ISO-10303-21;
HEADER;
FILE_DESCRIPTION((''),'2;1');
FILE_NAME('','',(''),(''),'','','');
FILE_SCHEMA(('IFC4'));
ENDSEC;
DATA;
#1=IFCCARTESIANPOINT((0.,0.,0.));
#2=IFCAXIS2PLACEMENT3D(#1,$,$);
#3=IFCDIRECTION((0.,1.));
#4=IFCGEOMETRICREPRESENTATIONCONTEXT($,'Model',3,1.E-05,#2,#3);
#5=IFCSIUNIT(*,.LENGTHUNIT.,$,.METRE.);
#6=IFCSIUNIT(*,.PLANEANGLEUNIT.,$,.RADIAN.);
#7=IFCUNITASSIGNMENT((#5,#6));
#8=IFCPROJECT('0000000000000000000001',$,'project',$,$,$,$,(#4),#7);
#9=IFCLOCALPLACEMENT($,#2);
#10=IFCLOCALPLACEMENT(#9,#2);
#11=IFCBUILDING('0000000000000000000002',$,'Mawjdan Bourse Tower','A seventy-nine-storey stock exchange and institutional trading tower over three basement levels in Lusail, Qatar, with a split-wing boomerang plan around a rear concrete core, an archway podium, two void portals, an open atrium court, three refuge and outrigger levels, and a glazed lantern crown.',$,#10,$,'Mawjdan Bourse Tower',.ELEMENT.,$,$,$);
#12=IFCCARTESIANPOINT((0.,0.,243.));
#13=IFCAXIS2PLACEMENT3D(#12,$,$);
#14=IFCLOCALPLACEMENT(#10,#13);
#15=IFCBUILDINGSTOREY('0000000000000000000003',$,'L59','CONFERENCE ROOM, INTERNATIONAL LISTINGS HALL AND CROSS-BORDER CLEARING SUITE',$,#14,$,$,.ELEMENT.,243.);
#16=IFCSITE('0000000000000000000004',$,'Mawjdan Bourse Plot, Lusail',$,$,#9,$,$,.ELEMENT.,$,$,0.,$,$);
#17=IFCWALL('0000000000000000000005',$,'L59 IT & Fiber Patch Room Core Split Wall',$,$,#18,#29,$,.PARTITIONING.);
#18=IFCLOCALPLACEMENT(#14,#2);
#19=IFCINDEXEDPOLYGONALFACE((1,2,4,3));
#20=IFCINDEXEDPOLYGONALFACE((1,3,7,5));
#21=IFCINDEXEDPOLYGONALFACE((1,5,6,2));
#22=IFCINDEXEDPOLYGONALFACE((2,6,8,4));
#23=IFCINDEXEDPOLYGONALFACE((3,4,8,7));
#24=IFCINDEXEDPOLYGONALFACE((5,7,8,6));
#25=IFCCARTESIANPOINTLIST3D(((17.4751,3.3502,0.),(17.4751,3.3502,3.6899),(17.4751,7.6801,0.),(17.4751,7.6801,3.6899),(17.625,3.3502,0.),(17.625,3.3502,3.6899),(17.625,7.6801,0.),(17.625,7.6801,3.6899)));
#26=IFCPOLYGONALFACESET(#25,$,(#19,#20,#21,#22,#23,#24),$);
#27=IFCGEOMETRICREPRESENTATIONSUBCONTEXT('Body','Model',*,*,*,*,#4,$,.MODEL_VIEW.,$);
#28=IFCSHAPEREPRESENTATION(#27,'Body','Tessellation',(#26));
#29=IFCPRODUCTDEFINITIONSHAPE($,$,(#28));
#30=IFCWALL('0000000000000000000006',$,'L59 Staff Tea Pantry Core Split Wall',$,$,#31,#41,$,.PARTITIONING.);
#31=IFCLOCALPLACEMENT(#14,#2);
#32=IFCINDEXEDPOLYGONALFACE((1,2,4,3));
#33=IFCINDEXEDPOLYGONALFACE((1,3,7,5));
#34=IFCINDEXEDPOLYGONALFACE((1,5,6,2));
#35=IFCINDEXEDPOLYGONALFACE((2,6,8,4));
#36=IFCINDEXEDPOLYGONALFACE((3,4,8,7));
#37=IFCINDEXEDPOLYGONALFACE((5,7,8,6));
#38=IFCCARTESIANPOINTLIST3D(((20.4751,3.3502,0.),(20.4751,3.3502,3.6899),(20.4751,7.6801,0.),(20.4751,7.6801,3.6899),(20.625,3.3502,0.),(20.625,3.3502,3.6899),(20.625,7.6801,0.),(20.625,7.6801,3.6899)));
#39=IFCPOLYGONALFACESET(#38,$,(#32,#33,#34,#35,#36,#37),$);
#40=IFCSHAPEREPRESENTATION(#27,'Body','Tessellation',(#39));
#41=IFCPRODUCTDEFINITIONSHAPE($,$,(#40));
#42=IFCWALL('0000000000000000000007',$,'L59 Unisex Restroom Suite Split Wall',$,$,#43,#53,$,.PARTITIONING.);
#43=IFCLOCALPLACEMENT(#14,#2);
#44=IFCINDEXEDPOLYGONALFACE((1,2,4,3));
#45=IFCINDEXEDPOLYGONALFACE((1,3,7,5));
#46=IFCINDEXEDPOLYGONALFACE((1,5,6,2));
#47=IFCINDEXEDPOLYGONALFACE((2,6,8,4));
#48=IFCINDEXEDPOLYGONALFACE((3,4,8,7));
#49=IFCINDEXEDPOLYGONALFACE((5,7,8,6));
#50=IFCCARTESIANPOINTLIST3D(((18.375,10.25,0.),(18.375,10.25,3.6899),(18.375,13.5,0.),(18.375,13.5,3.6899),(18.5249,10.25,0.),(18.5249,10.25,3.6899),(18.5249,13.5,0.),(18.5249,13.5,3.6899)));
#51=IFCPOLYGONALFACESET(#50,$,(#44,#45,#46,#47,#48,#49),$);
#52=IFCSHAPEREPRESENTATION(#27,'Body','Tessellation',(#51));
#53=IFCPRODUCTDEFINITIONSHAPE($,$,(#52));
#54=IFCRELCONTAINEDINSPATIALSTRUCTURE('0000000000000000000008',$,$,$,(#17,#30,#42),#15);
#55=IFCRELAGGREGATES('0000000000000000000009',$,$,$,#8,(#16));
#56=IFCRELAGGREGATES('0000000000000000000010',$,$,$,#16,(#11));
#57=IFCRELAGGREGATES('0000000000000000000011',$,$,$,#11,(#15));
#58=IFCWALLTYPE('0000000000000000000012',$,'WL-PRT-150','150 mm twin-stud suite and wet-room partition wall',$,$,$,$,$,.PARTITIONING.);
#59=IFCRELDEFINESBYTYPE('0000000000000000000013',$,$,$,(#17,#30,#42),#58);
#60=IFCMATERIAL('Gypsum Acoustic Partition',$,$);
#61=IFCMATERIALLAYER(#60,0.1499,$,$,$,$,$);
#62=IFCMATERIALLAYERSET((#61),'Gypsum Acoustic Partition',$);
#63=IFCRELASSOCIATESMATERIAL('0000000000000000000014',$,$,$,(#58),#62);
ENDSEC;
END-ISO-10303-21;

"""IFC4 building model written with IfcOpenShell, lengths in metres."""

from ifc_helpers import new_model, si_unit, direction, frame, frame_2d, origin, place, context, subcontext, project, spatial, rectangle, extrude, material, layer, layer_set, type_object, element, save


model = new_model("IFC4")

# Units and contexts
model_context = context("Model", 3, precision=1e-05, world=origin(), true_north=direction((0.0, 1.0)))
body_context = subcontext(model_context, "Body", "Model", "MODEL_VIEW")
ifc_project = project(units=[si_unit("LENGTHUNIT", "METRE"), si_unit("PLANEANGLEUNIT", "RADIAN")], contexts=[model_context])

# Site, building, storey
site_placement = place(None, origin())
site = spatial("IfcSite", under=ifc_project, at=site_placement, Name="Mawjdan Bourse Plot, Lusail", CompositionType="ELEMENT", RefElevation=0.0)
building_placement = place(site_placement, origin())
building = spatial("IfcBuilding", under=site, at=building_placement, Name="Mawjdan Bourse Tower", Description="A seventy-nine-storey stock exchange and institutional trading tower over three basement levels in Lusail, Qatar, with a split-wing boomerang plan around a rear concrete core, an archway podium, two void portals, an open atrium court, three refuge and outrigger levels, and a glazed lantern crown.", LongName="Mawjdan Bourse Tower", CompositionType="ELEMENT")
storey_placement = place(building_placement, frame((0.0, 0.0, 243.0)))
storey = spatial("IfcBuildingStorey", under=building, at=storey_placement, Name="L59", Description="CONFERENCE ROOM, INTERNATIONAL LISTINGS HALL AND CROSS-BORDER CLEARING SUITE", CompositionType="ELEMENT", Elevation=243.0)

# Walls
ifc_material_1 = material(Name="Gypsum Acoustic Partition")
ifc_layer_1 = layer(ifc_material_1, 0.1499)
ifc_layer_set_1 = layer_set([ifc_layer_1], Name="Gypsum Acoustic Partition")
wall_type_1 = type_object("IfcWallType", Name="WL-PRT-150", Description="150 mm twin-stud suite and wet-room partition wall", PredefinedType="PARTITIONING", material=ifc_layer_set_1)
for number, where, z_axis, x_axis, name in (
    (1, (17.55, 3.3501, 0.0), (0.0, 0.0, 1.0), (0.0, 1.0, 0.0), "L59 IT & Fiber Patch Room Core Split Wall"),
    (2, (20.55, 3.3501, 0.0), (0.0, 0.0, 1.0), (0.0, 1.0, 0.0), "L59 Staff Tea Pantry Core Split Wall"),
):
    element("IfcWall", number, at=place(storey_placement, frame(where, z_axis=z_axis, x_axis=x_axis)), inside=storey, type_object=wall_type_1, Name=name, PredefinedType="PARTITIONING", context=body_context, shape_type="SweptSolid", body=[
        extrude(rectangle(XDim=4.3298, YDim=0.1499, at=frame_2d((2.165, 0.0))), origin(), (0.0, 0.0, 1.0), 3.6899),
    ])
wall_1_placement = place(storey_placement, frame((18.45, 10.25, 0.0), z_axis=(0.0, 0.0, 1.0), x_axis=(0.0, 1.0, 0.0)))
element("IfcWall", 3, at=wall_1_placement, inside=storey, type_object=wall_type_1, Name="L59 Unisex Restroom Suite Split Wall", PredefinedType="PARTITIONING", context=body_context, shape_type="SweptSolid", body=[
    extrude(rectangle(XDim=3.25, YDim=0.1499, at=frame_2d((1.625, 0.0))), origin(), (0.0, 0.0, 1.0), 3.6899),
])

save(model, "model.ifc")
